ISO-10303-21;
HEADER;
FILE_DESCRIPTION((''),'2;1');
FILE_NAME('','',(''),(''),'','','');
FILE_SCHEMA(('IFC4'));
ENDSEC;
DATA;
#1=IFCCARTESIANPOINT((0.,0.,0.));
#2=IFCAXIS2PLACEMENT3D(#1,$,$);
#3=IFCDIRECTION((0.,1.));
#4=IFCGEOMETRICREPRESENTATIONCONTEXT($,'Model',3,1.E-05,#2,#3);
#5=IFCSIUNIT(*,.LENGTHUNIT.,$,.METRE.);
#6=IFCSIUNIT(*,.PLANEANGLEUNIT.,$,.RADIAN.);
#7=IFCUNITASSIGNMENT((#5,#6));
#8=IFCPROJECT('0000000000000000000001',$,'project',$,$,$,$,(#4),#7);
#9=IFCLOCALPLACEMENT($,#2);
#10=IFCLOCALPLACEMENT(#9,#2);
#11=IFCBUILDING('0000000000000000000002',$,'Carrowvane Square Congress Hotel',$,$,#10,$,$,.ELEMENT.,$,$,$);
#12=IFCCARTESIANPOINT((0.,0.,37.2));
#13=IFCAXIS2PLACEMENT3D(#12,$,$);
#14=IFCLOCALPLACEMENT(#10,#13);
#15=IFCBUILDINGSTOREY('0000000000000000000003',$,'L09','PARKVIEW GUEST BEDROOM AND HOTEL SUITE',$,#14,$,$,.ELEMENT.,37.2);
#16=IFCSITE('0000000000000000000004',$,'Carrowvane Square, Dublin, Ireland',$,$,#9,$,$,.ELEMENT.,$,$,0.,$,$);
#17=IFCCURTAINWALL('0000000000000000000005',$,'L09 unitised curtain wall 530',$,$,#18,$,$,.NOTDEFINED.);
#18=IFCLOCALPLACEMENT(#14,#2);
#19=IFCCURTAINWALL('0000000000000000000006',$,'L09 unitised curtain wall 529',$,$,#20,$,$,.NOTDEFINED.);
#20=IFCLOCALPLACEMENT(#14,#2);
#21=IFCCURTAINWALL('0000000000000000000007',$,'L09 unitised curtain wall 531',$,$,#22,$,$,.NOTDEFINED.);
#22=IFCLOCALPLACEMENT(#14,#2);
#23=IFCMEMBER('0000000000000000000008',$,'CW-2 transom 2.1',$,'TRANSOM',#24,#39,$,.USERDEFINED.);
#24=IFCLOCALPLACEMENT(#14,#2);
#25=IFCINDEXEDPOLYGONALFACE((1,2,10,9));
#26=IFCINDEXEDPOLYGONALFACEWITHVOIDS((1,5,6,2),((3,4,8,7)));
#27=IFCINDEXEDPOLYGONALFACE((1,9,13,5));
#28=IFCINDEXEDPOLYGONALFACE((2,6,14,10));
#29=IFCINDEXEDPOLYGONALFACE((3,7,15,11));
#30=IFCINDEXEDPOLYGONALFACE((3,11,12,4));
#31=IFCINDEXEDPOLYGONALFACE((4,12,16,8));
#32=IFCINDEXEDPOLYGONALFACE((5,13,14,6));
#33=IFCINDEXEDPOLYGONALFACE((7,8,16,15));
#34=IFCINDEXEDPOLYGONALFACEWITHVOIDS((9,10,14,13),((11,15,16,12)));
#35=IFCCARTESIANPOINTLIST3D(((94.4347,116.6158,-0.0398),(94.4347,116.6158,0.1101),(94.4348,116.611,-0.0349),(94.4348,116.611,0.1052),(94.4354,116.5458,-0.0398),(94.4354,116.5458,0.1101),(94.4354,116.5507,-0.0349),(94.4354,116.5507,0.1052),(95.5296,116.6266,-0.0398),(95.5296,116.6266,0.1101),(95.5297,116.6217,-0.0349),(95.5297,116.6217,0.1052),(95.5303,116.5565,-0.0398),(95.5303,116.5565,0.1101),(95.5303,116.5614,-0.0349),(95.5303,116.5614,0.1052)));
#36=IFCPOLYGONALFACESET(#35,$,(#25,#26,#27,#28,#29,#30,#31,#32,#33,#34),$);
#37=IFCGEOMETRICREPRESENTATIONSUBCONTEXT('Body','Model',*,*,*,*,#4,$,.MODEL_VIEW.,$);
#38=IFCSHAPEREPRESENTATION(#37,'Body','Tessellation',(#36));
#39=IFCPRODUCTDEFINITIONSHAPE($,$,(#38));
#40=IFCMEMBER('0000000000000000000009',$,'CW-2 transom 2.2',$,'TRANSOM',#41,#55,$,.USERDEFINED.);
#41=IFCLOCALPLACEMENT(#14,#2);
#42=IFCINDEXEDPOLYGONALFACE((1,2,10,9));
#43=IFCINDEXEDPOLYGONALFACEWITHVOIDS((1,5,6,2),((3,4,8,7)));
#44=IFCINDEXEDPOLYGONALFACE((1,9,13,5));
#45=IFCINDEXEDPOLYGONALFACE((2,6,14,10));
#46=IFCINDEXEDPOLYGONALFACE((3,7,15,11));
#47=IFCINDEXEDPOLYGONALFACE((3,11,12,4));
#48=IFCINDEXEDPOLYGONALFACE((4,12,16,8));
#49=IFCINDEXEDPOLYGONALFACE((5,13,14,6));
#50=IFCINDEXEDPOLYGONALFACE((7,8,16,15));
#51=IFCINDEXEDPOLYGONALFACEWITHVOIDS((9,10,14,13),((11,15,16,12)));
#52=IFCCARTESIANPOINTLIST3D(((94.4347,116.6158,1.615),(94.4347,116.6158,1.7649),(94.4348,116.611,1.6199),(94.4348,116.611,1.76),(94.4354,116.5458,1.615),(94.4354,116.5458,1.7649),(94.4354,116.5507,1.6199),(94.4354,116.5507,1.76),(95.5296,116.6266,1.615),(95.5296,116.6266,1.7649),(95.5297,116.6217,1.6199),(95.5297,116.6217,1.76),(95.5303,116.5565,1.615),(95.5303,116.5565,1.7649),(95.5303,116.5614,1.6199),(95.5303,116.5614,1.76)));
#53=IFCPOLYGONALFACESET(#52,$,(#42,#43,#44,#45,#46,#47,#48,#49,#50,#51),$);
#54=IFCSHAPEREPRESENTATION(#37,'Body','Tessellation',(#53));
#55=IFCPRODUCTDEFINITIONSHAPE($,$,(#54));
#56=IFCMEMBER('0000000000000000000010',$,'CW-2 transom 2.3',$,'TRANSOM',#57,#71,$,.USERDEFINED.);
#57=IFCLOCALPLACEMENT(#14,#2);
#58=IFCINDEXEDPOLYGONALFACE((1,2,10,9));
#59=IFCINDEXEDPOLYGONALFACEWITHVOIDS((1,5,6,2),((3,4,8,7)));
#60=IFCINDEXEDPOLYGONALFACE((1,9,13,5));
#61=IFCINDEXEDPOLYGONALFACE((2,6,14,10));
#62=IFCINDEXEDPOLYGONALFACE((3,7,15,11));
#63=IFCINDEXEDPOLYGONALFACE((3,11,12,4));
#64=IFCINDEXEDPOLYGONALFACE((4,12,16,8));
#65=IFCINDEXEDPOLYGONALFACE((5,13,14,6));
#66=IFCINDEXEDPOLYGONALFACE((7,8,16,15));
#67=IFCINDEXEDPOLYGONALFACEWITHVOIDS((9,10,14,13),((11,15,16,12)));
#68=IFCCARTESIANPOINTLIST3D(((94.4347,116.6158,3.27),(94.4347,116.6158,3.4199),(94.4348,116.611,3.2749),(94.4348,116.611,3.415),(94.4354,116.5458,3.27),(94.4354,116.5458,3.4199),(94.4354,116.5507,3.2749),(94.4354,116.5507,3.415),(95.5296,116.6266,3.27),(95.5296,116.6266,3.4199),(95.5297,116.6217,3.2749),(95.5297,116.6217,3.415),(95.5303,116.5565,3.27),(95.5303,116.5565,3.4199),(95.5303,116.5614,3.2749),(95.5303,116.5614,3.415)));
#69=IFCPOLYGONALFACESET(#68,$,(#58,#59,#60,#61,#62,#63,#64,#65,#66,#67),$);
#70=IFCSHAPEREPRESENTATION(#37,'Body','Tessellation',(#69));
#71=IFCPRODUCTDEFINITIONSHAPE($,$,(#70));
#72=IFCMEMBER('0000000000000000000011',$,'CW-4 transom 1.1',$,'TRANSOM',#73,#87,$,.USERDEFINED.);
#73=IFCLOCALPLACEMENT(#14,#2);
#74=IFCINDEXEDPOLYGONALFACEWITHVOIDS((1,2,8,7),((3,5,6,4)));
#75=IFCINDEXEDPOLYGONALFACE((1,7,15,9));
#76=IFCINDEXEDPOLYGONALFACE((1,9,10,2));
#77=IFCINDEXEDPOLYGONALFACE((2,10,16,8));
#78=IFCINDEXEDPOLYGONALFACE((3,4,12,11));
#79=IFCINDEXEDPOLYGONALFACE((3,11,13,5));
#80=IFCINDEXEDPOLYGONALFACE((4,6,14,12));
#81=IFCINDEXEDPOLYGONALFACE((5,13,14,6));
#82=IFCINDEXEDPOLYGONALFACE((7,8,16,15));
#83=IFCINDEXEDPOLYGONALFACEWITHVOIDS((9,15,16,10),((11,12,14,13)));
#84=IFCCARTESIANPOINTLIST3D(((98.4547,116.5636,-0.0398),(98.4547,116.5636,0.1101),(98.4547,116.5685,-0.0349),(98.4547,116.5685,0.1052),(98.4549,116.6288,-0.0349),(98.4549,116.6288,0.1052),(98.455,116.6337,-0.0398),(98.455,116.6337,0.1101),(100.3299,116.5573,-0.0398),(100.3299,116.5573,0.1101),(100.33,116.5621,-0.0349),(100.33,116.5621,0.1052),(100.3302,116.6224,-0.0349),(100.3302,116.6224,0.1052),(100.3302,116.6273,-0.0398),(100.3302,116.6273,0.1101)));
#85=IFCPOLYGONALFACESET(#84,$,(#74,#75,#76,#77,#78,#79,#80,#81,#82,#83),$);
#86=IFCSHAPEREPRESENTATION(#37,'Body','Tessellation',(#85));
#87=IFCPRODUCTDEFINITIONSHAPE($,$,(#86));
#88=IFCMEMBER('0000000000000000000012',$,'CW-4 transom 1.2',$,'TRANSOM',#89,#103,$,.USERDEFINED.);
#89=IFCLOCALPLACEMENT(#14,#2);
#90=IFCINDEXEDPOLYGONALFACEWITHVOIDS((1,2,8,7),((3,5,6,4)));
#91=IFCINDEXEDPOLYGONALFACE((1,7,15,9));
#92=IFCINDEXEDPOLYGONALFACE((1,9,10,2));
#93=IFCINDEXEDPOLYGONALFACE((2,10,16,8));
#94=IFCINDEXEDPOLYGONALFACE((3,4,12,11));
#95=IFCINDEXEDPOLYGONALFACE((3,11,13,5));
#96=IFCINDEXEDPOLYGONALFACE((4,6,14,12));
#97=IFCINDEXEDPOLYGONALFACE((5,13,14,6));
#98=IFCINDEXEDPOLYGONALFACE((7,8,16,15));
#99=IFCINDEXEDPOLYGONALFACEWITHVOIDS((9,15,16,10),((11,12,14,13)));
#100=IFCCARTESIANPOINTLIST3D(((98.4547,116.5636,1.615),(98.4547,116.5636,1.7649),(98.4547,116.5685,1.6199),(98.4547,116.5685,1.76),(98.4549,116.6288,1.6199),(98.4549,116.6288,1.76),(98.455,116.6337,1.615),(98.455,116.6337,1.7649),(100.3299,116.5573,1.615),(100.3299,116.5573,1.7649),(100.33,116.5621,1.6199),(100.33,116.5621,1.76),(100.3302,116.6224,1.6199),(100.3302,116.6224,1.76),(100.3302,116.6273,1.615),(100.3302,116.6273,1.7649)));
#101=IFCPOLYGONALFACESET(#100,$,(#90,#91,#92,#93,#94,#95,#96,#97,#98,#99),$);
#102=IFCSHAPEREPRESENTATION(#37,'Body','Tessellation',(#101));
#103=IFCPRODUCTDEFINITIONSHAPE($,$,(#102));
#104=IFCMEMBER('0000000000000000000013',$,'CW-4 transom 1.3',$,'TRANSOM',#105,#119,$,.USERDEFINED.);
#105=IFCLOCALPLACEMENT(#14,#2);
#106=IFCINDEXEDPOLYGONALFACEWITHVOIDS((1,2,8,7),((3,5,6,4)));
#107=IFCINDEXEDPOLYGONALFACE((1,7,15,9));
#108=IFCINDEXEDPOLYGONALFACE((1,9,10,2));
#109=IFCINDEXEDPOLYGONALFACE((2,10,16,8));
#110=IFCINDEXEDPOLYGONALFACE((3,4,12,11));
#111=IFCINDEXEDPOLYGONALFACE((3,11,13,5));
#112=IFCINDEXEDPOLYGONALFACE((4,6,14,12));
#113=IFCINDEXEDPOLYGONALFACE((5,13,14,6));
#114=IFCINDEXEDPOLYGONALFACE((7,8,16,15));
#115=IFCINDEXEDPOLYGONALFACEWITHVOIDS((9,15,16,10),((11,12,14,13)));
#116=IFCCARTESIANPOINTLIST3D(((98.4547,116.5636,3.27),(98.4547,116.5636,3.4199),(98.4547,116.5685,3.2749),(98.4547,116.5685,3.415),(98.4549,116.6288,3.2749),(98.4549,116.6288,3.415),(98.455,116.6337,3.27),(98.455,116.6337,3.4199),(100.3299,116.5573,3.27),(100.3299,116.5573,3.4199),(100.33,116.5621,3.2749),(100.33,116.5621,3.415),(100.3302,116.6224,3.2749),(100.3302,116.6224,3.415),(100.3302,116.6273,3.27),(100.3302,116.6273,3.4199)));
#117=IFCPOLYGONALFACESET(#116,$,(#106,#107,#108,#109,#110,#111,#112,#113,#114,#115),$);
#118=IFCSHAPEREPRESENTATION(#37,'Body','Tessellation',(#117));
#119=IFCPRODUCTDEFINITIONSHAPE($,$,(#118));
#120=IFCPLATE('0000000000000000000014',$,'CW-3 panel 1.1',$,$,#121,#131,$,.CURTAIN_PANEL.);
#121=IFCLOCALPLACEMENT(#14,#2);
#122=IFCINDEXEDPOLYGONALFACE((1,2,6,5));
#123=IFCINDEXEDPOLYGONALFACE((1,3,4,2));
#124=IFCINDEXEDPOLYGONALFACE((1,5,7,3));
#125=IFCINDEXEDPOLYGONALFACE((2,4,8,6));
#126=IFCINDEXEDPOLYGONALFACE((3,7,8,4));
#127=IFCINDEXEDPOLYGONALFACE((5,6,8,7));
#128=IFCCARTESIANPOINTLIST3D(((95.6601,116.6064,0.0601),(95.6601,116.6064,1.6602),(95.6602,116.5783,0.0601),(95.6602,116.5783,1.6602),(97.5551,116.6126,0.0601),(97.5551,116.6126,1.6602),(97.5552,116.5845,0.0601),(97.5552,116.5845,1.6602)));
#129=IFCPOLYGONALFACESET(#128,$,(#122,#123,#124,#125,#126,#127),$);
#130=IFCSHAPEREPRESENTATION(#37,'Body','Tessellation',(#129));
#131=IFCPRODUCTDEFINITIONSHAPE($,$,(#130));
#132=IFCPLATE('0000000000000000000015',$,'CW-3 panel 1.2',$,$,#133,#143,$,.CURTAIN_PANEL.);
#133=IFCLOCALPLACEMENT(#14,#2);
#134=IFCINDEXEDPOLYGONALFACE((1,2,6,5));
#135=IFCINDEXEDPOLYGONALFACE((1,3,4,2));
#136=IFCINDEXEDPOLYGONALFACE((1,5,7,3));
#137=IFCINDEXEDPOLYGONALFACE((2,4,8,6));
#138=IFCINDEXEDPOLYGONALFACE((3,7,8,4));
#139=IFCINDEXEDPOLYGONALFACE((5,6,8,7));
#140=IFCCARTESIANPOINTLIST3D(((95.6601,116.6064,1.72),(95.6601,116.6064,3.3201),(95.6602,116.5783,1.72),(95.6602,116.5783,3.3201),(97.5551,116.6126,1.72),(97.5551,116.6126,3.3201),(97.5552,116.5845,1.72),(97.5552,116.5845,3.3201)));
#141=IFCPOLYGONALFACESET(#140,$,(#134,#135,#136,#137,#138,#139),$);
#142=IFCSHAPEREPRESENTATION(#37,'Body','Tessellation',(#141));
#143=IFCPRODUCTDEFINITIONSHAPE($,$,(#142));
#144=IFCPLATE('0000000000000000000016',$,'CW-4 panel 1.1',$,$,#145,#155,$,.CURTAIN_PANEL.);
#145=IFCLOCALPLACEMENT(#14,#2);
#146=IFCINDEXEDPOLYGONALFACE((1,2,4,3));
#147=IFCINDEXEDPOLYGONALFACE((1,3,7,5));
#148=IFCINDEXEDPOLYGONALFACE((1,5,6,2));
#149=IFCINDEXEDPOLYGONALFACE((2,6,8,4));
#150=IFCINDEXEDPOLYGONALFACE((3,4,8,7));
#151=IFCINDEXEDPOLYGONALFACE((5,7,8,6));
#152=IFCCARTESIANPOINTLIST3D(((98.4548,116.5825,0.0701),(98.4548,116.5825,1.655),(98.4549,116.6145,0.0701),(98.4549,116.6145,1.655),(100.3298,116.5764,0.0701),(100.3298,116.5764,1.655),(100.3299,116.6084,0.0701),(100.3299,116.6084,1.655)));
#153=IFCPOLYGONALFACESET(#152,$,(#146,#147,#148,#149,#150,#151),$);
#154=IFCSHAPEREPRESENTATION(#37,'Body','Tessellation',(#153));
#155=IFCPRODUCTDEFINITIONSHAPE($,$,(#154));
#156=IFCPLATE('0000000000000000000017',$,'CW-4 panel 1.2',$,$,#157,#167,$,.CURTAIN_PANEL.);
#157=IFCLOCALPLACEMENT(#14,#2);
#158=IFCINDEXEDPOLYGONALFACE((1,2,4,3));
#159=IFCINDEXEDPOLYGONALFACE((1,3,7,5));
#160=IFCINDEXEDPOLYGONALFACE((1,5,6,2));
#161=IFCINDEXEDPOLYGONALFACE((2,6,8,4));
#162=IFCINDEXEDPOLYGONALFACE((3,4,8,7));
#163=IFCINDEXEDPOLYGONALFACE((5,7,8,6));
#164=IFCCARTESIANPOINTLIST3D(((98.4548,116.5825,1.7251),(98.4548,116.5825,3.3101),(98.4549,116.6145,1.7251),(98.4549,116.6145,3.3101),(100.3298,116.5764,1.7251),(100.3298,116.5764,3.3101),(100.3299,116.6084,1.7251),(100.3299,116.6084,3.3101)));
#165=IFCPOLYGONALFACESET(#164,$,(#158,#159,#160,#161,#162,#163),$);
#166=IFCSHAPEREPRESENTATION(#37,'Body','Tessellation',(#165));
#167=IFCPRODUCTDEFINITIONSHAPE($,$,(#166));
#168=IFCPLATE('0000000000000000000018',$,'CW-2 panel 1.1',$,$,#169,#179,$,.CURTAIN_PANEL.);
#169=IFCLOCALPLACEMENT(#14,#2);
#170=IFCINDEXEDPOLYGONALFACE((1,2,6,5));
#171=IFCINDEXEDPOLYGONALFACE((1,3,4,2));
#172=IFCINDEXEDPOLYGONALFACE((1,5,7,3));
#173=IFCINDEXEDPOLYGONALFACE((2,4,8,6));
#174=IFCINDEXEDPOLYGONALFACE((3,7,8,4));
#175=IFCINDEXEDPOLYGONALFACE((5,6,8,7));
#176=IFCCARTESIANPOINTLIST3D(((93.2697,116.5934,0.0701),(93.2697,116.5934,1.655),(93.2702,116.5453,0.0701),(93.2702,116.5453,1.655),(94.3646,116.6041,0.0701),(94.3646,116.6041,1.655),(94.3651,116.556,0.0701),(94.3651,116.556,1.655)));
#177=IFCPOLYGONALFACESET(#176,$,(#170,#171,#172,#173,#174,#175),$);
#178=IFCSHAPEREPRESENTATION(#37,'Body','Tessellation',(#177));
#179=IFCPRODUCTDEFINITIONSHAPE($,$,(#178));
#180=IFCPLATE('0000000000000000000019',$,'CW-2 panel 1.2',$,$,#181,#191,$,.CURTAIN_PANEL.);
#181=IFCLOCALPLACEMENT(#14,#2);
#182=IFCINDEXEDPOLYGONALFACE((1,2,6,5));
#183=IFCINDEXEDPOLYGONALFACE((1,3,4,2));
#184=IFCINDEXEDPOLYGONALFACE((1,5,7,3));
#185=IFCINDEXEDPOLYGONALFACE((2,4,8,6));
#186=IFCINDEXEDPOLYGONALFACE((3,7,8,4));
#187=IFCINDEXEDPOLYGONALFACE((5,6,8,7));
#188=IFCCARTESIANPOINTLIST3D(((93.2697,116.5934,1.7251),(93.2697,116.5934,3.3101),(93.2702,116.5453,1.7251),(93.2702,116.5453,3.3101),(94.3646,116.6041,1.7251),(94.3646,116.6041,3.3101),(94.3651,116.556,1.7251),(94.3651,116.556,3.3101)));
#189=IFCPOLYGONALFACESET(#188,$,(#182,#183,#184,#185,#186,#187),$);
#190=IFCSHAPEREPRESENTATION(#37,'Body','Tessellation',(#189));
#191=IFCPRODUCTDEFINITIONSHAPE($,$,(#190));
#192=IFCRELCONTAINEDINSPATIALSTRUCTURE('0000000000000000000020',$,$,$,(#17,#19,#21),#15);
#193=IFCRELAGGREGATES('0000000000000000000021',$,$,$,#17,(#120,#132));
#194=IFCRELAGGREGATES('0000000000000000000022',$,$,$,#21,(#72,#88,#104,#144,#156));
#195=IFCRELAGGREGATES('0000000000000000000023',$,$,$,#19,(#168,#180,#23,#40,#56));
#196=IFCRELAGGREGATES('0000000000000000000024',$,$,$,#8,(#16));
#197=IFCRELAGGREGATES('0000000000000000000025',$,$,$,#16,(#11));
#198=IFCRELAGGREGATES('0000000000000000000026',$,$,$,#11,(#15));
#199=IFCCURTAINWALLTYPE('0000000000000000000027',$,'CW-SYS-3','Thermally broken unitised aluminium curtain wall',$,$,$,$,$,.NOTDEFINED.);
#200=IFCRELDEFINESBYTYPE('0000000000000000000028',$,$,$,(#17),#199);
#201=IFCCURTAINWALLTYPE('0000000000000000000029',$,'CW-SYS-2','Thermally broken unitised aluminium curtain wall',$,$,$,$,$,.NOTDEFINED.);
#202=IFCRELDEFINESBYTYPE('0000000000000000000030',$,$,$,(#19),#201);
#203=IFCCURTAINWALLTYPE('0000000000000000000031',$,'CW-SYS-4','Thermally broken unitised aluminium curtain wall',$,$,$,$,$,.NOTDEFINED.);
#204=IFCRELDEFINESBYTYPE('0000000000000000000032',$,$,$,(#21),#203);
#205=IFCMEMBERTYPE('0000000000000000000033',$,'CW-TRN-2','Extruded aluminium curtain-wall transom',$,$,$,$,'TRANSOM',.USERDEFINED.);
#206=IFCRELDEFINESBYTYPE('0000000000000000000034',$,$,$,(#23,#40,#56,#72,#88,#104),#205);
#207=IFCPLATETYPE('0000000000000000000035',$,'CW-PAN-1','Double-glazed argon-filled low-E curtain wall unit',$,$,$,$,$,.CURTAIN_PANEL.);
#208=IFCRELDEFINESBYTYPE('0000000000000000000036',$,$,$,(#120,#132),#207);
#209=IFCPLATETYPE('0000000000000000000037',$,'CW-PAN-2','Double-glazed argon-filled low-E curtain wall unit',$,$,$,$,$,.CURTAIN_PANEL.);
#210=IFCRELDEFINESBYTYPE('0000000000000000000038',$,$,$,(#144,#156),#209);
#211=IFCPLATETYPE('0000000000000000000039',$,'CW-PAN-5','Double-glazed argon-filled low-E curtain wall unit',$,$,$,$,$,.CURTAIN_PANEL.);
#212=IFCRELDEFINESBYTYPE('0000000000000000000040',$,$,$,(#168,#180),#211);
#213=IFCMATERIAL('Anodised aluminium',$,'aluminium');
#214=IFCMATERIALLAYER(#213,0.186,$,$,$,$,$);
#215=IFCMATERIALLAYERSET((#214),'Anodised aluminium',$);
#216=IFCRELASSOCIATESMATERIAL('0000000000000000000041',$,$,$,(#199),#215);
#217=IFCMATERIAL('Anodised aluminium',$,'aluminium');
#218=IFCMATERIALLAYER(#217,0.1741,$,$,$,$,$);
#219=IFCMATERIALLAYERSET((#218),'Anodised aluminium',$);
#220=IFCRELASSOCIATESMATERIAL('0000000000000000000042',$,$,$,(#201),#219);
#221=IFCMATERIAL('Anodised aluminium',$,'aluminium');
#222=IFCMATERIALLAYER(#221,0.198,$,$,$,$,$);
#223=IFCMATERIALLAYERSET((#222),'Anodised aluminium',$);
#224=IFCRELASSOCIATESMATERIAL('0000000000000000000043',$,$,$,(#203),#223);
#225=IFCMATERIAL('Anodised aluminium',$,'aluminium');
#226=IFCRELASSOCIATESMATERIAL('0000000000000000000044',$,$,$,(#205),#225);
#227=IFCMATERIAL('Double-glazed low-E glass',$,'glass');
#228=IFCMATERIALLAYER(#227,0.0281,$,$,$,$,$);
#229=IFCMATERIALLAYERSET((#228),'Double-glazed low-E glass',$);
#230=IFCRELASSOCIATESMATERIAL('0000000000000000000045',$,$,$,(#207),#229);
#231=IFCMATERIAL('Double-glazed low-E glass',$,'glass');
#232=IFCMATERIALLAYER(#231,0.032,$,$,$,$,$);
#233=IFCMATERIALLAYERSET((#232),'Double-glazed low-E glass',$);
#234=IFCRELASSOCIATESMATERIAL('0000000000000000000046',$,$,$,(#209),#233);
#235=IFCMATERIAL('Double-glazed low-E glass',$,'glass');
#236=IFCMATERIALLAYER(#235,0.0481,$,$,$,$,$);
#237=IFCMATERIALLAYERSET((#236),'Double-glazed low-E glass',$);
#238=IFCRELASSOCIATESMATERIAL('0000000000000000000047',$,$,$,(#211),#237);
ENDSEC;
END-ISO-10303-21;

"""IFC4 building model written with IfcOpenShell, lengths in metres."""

from ifc_helpers import new_model, si_unit, direction, frame, origin, origin_2d, place, context, subcontext, project, spatial, rectangle, hollow_rectangle, extrude, material, layer, layer_set, material_profile, profile_set, type_object, element, aggregate, save


model = new_model("IFC4")

# Units and contexts
model_context = context("Model", 3, precision=1e-05, world=origin(), true_north=direction((0.0, 1.0)))
body_context = subcontext(model_context, "Body", "Model", "MODEL_VIEW")
ifc_project = project(units=[si_unit("LENGTHUNIT", "METRE"), si_unit("PLANEANGLEUNIT", "RADIAN")], contexts=[model_context])

# Site, building, storey
site_placement = place(None, origin())
site = spatial("IfcSite", under=ifc_project, at=site_placement, Name="Carrowvane Square, Dublin, Ireland", CompositionType="ELEMENT", RefElevation=0.0)
building_placement = place(site_placement, origin())
building = spatial("IfcBuilding", under=site, at=building_placement, Name="Carrowvane Square Congress Hotel", CompositionType="ELEMENT")
storey_placement = place(building_placement, frame((0.0, 0.0, 37.2)))
storey = spatial("IfcBuildingStorey", under=building, at=storey_placement, Name="L09", Description="PARKVIEW GUEST BEDROOM AND HOTEL SUITE", CompositionType="ELEMENT", Elevation=37.2)

# Curtain walls
ifc_material_1 = material(Name="Anodised aluminium", Category="aluminium")
ifc_layer_1 = layer(ifc_material_1, 0.186)
ifc_layer_set_1 = layer_set([ifc_layer_1], Name="Anodised aluminium")
curtain_wall_type_1 = type_object("IfcCurtainWallType", Name="CW-SYS-3", Description="Thermally broken unitised aluminium curtain wall", PredefinedType="NOTDEFINED", material=ifc_layer_set_1)
curtain_wall_1_placement = place(storey_placement, origin())
curtain_wall_1 = element("IfcCurtainWall", 1, at=curtain_wall_1_placement, inside=storey, type_object=curtain_wall_type_1, Name="L09 unitised curtain wall 530", PredefinedType="NOTDEFINED")
ifc_material_2 = material(Name="Anodised aluminium", Category="aluminium")
ifc_layer_2 = layer(ifc_material_2, 0.1741)
ifc_layer_set_2 = layer_set([ifc_layer_2], Name="Anodised aluminium")
curtain_wall_type_2 = type_object("IfcCurtainWallType", Name="CW-SYS-2", Description="Thermally broken unitised aluminium curtain wall", PredefinedType="NOTDEFINED", material=ifc_layer_set_2)
curtain_wall_2_placement = place(storey_placement, origin())
curtain_wall_2 = element("IfcCurtainWall", 2, at=curtain_wall_2_placement, inside=storey, type_object=curtain_wall_type_2, Name="L09 unitised curtain wall 529", PredefinedType="NOTDEFINED")

# Curtain wall
ifc_material_3 = material(Name="Anodised aluminium", Category="aluminium")
ifc_layer_3 = layer(ifc_material_3, 0.198)
ifc_layer_set_3 = layer_set([ifc_layer_3], Name="Anodised aluminium")
curtain_wall_type_3 = type_object("IfcCurtainWallType", Name="CW-SYS-4", Description="Thermally broken unitised aluminium curtain wall", PredefinedType="NOTDEFINED", material=ifc_layer_set_3)
curtain_wall_3_placement = place(storey_placement, origin())
curtain_wall_3 = element("IfcCurtainWall", 3, at=curtain_wall_3_placement, inside=storey, type_object=curtain_wall_type_3, Name="L09 unitised curtain wall 531", PredefinedType="NOTDEFINED")

# Members
ifc_material_4 = material(Name="Anodised aluminium", Category="aluminium")
ifc_material_profile_1 = material_profile(ifc_material_4, hollow_rectangle(XDim=0.0701, YDim=0.1499, WallThickness=0.0049, at=origin_2d()), Name="CW-TR 70x150x5")
ifc_profile_set_1 = profile_set([ifc_material_profile_1], Name="Anodised aluminium")
member_type_1 = type_object("IfcMemberType", Name="CW-TRN-2", Description="Extruded aluminium curtain-wall transom", ElementType="TRANSOM", PredefinedType="USERDEFINED", material=ifc_profile_set_1)
member_1_placement = place(storey_placement, frame((94.4351, 116.5808, 0.0352), z_axis=(0.999952, 0.00981, 0.0), x_axis=(-0.00981, 0.999952, 0.0)))
member_1 = element("IfcMember", 4, at=member_1_placement, type_object=member_type_1, Name="CW-2 transom 2.1", ObjectType="TRANSOM", PredefinedType="USERDEFINED", context=body_context, shape_type="SweptSolid", body=[
    extrude(hollow_rectangle(XDim=0.0701, YDim=0.1499, WallThickness=0.0049, at=origin_2d()), origin(), (0.0, 0.0, 1.0), 1.095),
])
member_2_placement = place(storey_placement, frame((94.4351, 116.5808, 1.6899), z_axis=(0.999952, 0.00981, 0.0), x_axis=(-0.00981, 0.999952, 0.0)))
member_2 = element("IfcMember", 5, at=member_2_placement, type_object=member_type_1, Name="CW-2 transom 2.2", ObjectType="TRANSOM", PredefinedType="USERDEFINED", context=body_context, shape_type="SweptSolid", body=[
    extrude(hollow_rectangle(XDim=0.0701, YDim=0.1499, WallThickness=0.0049, at=origin_2d()), origin(), (0.0, 0.0, 1.0), 1.095),
])
member_3_placement = place(storey_placement, frame((94.4351, 116.5808, 3.345), z_axis=(0.999952, 0.00981, 0.0), x_axis=(-0.00981, 0.999952, 0.0)))
member_3 = element("IfcMember", 6, at=member_3_placement, type_object=member_type_1, Name="CW-2 transom 2.3", ObjectType="TRANSOM", PredefinedType="USERDEFINED", context=body_context, shape_type="SweptSolid", body=[
    extrude(hollow_rectangle(XDim=0.0701, YDim=0.1499, WallThickness=0.0049, at=origin_2d()), origin(), (0.0, 0.0, 1.0), 1.095),
])
member_4_placement = place(storey_placement, frame((98.4548, 116.5986, 0.0352), z_axis=(0.999994, -0.003385, 0.0), x_axis=(0.003385, 0.999994, 0.0)))
member_4 = element("IfcMember", 7, at=member_4_placement, type_object=member_type_1, Name="CW-4 transom 1.1", ObjectType="TRANSOM", PredefinedType="USERDEFINED", context=body_context, shape_type="SweptSolid", body=[
    extrude(hollow_rectangle(XDim=0.0701, YDim=0.1499, WallThickness=0.0049, at=origin_2d()), origin(), (0.0, 0.0, 1.0), 1.8752),
])
member_5_placement = place(storey_placement, frame((98.4548, 116.5986, 1.6899), z_axis=(0.999994, -0.003385, 0.0), x_axis=(0.003385, 0.999994, 0.0)))
member_5 = element("IfcMember", 8, at=member_5_placement, type_object=member_type_1, Name="CW-4 transom 1.2", ObjectType="TRANSOM", PredefinedType="USERDEFINED", context=body_context, shape_type="SweptSolid", body=[
    extrude(hollow_rectangle(XDim=0.0701, YDim=0.1499, WallThickness=0.0049, at=origin_2d()), origin(), (0.0, 0.0, 1.0), 1.8752),
])
member_6_placement = place(storey_placement, frame((98.4548, 116.5986, 3.345), z_axis=(0.999994, -0.003385, 0.0), x_axis=(0.003385, 0.999994, 0.0)))
member_6 = element("IfcMember", 9, at=member_6_placement, type_object=member_type_1, Name="CW-4 transom 1.3", ObjectType="TRANSOM", PredefinedType="USERDEFINED", context=body_context, shape_type="SweptSolid", body=[
    extrude(hollow_rectangle(XDim=0.0701, YDim=0.1499, WallThickness=0.0049, at=origin_2d()), origin(), (0.0, 0.0, 1.0), 1.8752),
])

# Plates
ifc_material_5 = material(Name="Double-glazed low-E glass", Category="glass")
ifc_layer_4 = layer(ifc_material_5, 0.0281)
ifc_layer_set_4 = layer_set([ifc_layer_4], Name="Double-glazed low-E glass")
plate_type_1 = type_object("IfcPlateType", Name="CW-PAN-1", Description="Double-glazed argon-filled low-E curtain wall unit", PredefinedType="CURTAIN_PANEL", material=ifc_layer_set_4)
plate_1_placement = place(storey_placement, frame((96.6077, 116.5955, 0.0601), z_axis=(0.0, 0.0, 1.0), x_axis=(0.999995, 0.00327, 0.0)))
plate_1 = element("IfcPlate", 10, at=plate_1_placement, type_object=plate_type_1, Name="CW-3 panel 1.1", PredefinedType="CURTAIN_PANEL", context=body_context, shape_type="SweptSolid", body=[
    extrude(rectangle(XDim=1.895, YDim=0.0281, at=origin_2d()), origin(), (0.0, 0.0, 1.0), 1.6001),
])
plate_2_placement = place(storey_placement, frame((96.6077, 116.5955, 1.72), z_axis=(0.0, 0.0, 1.0), x_axis=(0.999995, 0.00327, 0.0)))
plate_2 = element("IfcPlate", 11, at=plate_2_placement, type_object=plate_type_1, Name="CW-3 panel 1.2", PredefinedType="CURTAIN_PANEL", context=body_context, shape_type="SweptSolid", body=[
    extrude(rectangle(XDim=1.895, YDim=0.0281, at=origin_2d()), origin(), (0.0, 0.0, 1.0), 1.6001),
])
aggregate(curtain_wall_1, [plate_1, plate_2])
ifc_material_6 = material(Name="Double-glazed low-E glass", Category="glass")
ifc_layer_5 = layer(ifc_material_6, 0.032)
ifc_layer_set_5 = layer_set([ifc_layer_5], Name="Double-glazed low-E glass")
plate_type_2 = type_object("IfcPlateType", Name="CW-PAN-2", Description="Double-glazed argon-filled low-E curtain wall unit", PredefinedType="CURTAIN_PANEL", material=ifc_layer_set_5)
plate_3_placement = place(storey_placement, frame((99.3923, 116.5955, 0.0701), z_axis=(0.0, 0.0, 1.0), x_axis=(0.999995, -0.00327, 0.0)))
plate_3 = element("IfcPlate", 12, at=plate_3_placement, type_object=plate_type_2, Name="CW-4 panel 1.1", PredefinedType="CURTAIN_PANEL", context=body_context, shape_type="SweptSolid", body=[
    extrude(rectangle(XDim=1.875, YDim=0.032, at=origin_2d()), origin(), (0.0, 0.0, 1.0), 1.585),
])
plate_4_placement = place(storey_placement, frame((99.3923, 116.5955, 1.7251), z_axis=(0.0, 0.0, 1.0), x_axis=(0.999995, -0.00327, 0.0)))
plate_4 = element("IfcPlate", 13, at=plate_4_placement, type_object=plate_type_2, Name="CW-4 panel 1.2", PredefinedType="CURTAIN_PANEL", context=body_context, shape_type="SweptSolid", body=[
    extrude(rectangle(XDim=1.875, YDim=0.032, at=origin_2d()), origin(), (0.0, 0.0, 1.0), 1.585),
])
aggregate(curtain_wall_3, [member_4, member_5, member_6, plate_3, plate_4])
ifc_material_7 = material(Name="Double-glazed low-E glass", Category="glass")
ifc_layer_6 = layer(ifc_material_7, 0.0481)
ifc_layer_set_6 = layer_set([ifc_layer_6], Name="Double-glazed low-E glass")
plate_type_3 = type_object("IfcPlateType", Name="CW-PAN-5", Description="Double-glazed argon-filled low-E curtain wall unit", PredefinedType="CURTAIN_PANEL", material=ifc_layer_set_6)
plate_5_placement = place(storey_placement, frame((93.8174, 116.5747, 0.0701), z_axis=(0.0, 0.0, 1.0), x_axis=(0.999952, 0.009783, 0.0)))
plate_5 = element("IfcPlate", 14, at=plate_5_placement, type_object=plate_type_3, Name="CW-2 panel 1.1", PredefinedType="CURTAIN_PANEL", context=body_context, shape_type="SweptSolid", body=[
    extrude(rectangle(XDim=1.095, YDim=0.0481, at=origin_2d()), origin(), (0.0, 0.0, 1.0), 1.585),
])
plate_6_placement = place(storey_placement, frame((93.8174, 116.5747, 1.7251), z_axis=(0.0, 0.0, 1.0), x_axis=(0.999952, 0.009783, 0.0)))
plate_6 = element("IfcPlate", 15, at=plate_6_placement, type_object=plate_type_3, Name="CW-2 panel 1.2", PredefinedType="CURTAIN_PANEL", context=body_context, shape_type="SweptSolid", body=[
    extrude(rectangle(XDim=1.095, YDim=0.0481, at=origin_2d()), origin(), (0.0, 0.0, 1.0), 1.585),
])
aggregate(curtain_wall_2, [plate_5, plate_6, member_1, member_2, member_3])

save(model, "model.ifc")
